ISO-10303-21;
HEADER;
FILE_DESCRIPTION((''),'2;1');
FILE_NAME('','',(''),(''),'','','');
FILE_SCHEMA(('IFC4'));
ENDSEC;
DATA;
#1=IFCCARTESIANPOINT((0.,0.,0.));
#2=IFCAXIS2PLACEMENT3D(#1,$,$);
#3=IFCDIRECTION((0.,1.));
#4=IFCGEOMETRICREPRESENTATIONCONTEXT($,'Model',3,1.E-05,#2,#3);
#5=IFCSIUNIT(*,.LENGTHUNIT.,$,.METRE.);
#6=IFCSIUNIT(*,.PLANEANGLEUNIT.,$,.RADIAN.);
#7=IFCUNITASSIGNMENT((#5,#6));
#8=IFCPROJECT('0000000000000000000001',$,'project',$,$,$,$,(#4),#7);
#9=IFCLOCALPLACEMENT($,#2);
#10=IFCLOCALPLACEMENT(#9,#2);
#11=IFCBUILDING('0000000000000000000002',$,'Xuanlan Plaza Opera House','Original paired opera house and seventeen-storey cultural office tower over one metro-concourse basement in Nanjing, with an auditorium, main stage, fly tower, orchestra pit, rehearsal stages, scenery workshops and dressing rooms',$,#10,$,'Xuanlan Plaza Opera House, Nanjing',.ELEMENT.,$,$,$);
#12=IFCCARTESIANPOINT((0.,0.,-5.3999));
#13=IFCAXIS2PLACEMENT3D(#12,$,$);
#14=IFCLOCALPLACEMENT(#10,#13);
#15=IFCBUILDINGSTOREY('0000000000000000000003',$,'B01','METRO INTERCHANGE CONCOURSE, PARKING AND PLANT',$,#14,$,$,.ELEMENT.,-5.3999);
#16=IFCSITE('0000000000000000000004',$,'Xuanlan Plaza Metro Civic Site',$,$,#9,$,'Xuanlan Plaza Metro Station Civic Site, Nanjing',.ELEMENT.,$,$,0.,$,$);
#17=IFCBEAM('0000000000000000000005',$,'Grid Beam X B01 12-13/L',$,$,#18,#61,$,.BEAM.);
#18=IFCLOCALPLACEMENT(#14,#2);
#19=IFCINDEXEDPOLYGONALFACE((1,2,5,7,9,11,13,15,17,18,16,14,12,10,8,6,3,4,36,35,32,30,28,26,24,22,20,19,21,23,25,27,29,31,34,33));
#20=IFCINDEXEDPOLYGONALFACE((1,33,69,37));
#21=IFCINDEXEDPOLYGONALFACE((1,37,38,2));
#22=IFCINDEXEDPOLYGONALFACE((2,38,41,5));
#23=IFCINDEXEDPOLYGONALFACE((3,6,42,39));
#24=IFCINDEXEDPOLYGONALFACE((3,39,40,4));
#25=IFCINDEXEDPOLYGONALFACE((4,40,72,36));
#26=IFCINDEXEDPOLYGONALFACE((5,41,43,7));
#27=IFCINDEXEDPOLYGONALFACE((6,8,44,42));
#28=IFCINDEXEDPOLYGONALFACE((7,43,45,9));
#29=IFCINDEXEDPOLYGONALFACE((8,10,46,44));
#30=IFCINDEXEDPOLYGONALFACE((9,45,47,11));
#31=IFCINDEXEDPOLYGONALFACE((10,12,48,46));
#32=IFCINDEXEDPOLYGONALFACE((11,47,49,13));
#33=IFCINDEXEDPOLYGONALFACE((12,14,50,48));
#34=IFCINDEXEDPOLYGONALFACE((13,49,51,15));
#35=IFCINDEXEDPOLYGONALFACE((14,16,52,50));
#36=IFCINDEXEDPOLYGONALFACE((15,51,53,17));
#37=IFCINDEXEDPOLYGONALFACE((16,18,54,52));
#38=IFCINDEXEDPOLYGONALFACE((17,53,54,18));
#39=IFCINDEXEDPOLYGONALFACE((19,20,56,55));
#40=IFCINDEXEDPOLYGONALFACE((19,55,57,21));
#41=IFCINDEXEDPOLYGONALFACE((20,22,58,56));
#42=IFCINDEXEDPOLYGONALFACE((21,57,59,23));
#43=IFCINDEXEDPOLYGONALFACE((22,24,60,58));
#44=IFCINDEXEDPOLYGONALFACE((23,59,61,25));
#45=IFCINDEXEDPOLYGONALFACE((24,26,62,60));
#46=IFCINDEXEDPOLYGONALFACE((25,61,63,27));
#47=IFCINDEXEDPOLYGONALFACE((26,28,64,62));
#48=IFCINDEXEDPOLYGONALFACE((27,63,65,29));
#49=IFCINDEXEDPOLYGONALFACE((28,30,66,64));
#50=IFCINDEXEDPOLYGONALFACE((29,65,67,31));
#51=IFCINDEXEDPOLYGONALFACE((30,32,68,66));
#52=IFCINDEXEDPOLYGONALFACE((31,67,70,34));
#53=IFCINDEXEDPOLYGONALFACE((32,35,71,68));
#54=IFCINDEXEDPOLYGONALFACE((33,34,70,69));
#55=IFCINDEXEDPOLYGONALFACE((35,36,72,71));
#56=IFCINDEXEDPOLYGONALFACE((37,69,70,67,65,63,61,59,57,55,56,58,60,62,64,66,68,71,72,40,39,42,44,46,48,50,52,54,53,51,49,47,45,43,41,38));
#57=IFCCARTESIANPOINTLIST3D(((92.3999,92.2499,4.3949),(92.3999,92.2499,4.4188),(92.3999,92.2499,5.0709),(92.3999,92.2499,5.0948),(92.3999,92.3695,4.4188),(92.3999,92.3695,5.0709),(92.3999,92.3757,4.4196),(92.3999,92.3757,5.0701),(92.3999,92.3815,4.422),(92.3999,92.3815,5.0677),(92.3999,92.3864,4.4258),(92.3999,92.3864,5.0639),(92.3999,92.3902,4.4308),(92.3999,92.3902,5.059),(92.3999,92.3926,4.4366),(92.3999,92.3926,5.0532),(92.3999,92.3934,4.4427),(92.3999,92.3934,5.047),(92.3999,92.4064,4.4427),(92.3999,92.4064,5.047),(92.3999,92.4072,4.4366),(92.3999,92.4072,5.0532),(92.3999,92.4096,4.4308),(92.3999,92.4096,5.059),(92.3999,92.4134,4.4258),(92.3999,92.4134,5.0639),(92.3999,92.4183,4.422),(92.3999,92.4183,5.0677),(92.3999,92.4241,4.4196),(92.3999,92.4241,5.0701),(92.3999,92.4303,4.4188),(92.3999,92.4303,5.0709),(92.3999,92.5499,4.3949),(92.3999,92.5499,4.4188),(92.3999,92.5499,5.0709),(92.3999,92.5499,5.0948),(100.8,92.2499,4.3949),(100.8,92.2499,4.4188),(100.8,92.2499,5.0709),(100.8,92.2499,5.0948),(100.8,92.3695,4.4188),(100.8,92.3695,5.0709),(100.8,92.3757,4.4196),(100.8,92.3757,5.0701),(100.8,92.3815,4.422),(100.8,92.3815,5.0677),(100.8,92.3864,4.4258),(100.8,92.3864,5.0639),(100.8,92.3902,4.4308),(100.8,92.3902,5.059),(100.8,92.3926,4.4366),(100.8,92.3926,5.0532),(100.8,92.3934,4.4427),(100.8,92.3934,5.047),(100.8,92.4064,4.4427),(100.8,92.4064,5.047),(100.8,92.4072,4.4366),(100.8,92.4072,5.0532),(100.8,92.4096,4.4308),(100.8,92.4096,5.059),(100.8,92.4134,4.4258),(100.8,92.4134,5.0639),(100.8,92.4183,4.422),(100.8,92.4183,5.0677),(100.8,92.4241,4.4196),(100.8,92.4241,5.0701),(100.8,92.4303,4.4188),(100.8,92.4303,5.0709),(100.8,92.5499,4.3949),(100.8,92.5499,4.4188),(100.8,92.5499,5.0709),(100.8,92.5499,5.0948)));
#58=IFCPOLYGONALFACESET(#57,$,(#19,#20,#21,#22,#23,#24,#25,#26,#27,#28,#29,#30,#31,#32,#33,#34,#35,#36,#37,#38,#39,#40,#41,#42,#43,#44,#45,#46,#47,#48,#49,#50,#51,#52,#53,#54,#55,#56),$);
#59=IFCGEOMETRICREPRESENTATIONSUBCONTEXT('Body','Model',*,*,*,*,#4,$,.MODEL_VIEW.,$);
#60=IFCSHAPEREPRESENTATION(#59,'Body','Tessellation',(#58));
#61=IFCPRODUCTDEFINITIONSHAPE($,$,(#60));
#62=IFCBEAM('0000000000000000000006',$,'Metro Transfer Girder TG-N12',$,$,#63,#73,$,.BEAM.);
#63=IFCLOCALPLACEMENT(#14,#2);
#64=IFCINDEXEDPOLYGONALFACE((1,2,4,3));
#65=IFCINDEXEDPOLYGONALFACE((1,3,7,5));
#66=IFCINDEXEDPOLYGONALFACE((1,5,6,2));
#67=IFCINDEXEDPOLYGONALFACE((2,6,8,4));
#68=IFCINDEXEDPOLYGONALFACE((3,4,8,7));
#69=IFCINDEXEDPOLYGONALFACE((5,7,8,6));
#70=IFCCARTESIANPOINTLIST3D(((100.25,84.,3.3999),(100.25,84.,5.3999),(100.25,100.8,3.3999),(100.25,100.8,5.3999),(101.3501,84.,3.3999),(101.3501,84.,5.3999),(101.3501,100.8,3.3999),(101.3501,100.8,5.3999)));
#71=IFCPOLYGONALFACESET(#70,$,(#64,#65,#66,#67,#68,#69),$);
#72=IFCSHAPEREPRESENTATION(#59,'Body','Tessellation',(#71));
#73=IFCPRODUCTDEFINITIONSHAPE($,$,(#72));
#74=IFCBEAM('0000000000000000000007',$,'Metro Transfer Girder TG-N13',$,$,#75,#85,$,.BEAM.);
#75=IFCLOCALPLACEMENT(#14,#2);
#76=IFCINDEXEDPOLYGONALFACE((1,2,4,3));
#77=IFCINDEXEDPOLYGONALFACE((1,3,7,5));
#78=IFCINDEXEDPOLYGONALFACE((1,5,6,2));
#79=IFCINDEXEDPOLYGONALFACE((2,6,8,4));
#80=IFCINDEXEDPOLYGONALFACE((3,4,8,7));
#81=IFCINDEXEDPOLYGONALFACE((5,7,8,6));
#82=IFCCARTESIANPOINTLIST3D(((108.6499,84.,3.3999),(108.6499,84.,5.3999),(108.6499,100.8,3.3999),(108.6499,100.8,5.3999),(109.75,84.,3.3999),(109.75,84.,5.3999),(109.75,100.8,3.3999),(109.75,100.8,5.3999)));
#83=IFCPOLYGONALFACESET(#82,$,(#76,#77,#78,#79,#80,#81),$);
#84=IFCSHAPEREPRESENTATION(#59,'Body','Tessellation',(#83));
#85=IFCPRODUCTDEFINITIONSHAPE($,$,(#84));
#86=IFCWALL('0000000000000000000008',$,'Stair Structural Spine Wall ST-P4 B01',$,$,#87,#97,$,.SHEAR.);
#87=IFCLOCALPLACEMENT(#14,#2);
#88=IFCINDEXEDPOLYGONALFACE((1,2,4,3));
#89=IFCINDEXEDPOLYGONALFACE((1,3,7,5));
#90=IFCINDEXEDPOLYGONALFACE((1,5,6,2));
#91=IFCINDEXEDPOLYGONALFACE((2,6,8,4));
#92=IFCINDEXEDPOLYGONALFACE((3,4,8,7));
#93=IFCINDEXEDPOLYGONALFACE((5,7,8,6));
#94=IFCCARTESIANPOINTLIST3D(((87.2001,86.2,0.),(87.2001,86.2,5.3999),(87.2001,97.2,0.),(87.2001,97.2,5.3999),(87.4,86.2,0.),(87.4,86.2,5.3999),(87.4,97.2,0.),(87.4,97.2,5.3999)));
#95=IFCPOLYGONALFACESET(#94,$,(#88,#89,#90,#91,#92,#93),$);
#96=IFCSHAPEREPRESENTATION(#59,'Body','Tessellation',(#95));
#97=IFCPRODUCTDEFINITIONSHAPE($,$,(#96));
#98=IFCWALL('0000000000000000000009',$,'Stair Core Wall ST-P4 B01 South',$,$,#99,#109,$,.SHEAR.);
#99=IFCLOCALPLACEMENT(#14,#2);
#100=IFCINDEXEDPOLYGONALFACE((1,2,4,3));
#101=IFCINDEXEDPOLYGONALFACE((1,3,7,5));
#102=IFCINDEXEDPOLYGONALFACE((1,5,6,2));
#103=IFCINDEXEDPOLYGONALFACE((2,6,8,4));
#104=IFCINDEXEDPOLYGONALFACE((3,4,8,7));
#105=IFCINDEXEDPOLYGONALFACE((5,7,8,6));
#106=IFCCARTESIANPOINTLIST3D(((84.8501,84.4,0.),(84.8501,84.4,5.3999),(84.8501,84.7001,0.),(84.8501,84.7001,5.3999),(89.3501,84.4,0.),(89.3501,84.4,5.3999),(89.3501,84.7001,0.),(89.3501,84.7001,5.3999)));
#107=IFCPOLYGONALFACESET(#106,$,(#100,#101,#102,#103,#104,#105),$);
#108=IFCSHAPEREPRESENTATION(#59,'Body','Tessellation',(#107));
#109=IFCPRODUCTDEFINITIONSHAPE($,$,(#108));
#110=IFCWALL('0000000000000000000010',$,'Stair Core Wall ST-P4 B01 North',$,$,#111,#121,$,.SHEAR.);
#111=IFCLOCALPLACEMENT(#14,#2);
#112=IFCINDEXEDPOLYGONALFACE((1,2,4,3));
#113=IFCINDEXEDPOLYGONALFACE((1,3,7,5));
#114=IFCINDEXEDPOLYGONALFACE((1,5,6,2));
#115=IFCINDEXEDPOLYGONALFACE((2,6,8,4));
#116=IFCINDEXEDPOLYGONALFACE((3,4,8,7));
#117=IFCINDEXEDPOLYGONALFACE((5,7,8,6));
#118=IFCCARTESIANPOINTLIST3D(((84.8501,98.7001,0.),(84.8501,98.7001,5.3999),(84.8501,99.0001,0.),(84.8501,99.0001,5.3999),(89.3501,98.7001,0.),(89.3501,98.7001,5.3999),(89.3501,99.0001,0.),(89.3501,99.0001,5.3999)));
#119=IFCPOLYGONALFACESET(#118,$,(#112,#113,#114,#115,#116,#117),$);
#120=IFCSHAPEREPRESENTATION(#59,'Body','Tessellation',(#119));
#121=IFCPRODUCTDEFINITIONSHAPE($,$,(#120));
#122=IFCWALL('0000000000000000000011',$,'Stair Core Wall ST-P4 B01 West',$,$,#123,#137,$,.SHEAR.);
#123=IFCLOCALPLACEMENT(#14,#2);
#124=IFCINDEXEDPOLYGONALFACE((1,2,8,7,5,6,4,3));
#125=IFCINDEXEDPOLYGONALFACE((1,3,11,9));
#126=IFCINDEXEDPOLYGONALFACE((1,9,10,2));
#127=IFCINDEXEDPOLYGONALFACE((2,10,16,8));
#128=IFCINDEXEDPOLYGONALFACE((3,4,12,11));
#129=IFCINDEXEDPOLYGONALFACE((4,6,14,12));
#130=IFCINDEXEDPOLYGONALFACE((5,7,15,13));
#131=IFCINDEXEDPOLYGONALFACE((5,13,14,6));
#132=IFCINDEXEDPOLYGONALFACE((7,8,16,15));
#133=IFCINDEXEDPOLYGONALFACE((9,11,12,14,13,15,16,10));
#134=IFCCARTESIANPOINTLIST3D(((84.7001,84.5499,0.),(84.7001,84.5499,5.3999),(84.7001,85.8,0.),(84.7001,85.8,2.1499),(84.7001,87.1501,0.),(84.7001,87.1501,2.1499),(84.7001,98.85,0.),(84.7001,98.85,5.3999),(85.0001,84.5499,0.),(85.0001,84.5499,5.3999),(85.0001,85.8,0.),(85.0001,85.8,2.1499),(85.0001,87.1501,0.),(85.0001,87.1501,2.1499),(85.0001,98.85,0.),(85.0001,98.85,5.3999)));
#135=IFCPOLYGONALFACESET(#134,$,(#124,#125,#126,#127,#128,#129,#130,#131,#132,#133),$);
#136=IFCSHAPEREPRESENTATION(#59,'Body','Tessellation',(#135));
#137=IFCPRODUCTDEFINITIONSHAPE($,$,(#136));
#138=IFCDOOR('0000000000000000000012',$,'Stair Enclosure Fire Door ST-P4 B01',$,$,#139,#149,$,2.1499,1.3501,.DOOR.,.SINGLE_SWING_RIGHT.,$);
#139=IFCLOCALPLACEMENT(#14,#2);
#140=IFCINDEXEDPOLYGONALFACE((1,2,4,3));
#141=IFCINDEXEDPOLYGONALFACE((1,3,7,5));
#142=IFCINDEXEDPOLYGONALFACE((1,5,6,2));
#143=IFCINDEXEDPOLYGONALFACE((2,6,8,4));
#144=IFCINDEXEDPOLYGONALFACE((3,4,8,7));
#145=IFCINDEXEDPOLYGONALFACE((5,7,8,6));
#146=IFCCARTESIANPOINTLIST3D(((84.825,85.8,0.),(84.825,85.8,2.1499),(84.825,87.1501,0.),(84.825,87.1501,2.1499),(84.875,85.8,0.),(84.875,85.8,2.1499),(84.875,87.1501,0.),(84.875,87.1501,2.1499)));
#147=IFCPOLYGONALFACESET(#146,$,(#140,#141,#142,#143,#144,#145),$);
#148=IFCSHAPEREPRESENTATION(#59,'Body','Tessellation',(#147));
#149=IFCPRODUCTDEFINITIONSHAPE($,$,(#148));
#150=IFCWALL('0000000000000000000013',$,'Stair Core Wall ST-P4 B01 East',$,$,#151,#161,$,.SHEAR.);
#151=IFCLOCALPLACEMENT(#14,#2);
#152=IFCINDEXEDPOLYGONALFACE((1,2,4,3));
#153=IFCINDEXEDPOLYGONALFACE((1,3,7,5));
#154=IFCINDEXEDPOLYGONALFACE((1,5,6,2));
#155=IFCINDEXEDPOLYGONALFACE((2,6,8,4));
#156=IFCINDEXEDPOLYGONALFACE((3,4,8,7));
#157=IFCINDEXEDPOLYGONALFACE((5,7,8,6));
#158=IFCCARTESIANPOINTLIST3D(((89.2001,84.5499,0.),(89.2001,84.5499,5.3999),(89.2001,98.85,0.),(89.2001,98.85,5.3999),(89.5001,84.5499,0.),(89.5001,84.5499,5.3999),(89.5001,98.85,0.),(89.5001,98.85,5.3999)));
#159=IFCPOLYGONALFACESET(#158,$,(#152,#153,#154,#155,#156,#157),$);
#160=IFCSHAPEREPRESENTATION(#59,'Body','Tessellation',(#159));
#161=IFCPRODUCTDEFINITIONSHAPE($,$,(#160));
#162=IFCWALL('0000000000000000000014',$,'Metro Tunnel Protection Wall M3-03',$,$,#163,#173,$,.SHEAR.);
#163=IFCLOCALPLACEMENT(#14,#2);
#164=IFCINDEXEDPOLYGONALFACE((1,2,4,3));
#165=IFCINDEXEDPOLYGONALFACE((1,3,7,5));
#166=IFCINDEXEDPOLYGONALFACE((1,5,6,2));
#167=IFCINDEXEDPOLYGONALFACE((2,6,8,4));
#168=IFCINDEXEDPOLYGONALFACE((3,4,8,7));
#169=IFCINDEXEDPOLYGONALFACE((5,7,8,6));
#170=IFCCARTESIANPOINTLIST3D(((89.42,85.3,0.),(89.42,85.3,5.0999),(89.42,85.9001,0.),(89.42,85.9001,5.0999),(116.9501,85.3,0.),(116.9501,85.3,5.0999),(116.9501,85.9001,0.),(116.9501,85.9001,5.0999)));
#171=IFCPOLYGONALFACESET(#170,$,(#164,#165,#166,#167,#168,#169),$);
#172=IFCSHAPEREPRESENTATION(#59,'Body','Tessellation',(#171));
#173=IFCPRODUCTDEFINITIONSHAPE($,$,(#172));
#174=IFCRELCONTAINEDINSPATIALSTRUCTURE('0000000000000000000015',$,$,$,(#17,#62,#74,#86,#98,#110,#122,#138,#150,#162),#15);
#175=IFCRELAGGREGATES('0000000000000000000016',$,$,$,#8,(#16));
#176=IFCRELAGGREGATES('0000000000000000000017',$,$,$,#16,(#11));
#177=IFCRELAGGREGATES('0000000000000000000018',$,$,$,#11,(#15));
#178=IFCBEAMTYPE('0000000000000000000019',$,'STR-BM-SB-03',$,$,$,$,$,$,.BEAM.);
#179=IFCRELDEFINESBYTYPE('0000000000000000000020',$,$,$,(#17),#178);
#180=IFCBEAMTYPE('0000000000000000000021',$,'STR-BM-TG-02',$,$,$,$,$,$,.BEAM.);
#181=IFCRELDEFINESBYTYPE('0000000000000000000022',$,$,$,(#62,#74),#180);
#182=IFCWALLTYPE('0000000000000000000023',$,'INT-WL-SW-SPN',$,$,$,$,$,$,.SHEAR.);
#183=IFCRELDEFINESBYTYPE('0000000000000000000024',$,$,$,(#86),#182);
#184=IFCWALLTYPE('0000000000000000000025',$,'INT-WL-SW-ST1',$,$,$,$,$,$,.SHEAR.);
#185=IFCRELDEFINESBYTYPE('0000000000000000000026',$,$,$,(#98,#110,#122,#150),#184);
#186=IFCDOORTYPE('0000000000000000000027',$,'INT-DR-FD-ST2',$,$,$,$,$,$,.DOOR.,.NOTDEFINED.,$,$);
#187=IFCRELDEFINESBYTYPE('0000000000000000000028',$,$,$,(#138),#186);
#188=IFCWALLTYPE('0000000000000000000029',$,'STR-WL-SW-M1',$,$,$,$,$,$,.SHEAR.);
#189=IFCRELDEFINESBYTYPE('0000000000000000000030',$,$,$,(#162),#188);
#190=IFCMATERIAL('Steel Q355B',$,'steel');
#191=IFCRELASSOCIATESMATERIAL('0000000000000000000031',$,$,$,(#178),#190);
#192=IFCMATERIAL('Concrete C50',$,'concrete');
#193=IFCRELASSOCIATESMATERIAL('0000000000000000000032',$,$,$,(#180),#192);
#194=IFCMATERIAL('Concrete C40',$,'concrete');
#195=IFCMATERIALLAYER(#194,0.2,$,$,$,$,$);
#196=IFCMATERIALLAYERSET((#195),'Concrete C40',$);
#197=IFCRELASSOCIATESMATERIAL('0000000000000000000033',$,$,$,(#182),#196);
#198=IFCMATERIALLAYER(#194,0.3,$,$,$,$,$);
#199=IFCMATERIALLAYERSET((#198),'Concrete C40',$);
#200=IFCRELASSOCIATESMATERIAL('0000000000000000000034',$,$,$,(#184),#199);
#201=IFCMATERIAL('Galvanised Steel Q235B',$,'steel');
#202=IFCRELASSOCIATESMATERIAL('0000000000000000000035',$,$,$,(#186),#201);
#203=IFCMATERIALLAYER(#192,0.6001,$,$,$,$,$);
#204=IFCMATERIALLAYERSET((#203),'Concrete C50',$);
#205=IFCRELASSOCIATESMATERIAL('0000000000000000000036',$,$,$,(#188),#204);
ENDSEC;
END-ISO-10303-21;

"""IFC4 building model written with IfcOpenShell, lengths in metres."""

from ifc_helpers import new_model, si_unit, direction, frame, frame_2d, origin, origin_2d, place, context, subcontext, project, spatial, rectangle, i_section, extrude, material, layer, layer_set, material_profile, profile_set, type_object, element, fill, save


model = new_model("IFC4")

# Units and contexts
model_context = context("Model", 3, precision=1e-05, world=origin(), true_north=direction((0.0, 1.0)))
body_context = subcontext(model_context, "Body", "Model", "MODEL_VIEW")
ifc_project = project(units=[si_unit("LENGTHUNIT", "METRE"), si_unit("PLANEANGLEUNIT", "RADIAN")], contexts=[model_context])

# Site, building, storey
site_placement = place(None, origin())
site = spatial("IfcSite", under=ifc_project, at=site_placement, Name="Xuanlan Plaza Metro Civic Site", LongName="Xuanlan Plaza Metro Station Civic Site, Nanjing", CompositionType="ELEMENT", RefElevation=0.0)
building_placement = place(site_placement, origin())
building = spatial("IfcBuilding", under=site, at=building_placement, Name="Xuanlan Plaza Opera House", Description="Original paired opera house and seventeen-storey cultural office tower over one metro-concourse basement in Nanjing, with an auditorium, main stage, fly tower, orchestra pit, rehearsal stages, scenery workshops and dressing rooms", LongName="Xuanlan Plaza Opera House, Nanjing", CompositionType="ELEMENT")
storey_placement = place(building_placement, frame((0.0, 0.0, -5.3999)))
storey = spatial("IfcBuildingStorey", under=building, at=storey_placement, Name="B01", Description="METRO INTERCHANGE CONCOURSE, PARKING AND PLANT", CompositionType="ELEMENT", Elevation=-5.3999)

# Shared definitions
ifc_material_1 = material(Name="Concrete C50", Category="concrete")

# Shared definitions
ifc_material_2 = material(Name="Concrete C40", Category="concrete")

# Beams
ifc_material_3 = material(Name="Steel Q355B", Category="steel")
ifc_material_profile_1 = material_profile(ifc_material_3, i_section(OverallWidth=0.3, OverallDepth=0.7, WebThickness=0.0129, FlangeThickness=0.0239, FilletRadius=0.0239, at=origin_2d()), Name="HN 700x300x13x24")
ifc_profile_set_1 = profile_set([ifc_material_profile_1], Name="Steel Q355B")
beam_type_1 = type_object("IfcBeamType", Name="STR-BM-SB-03", PredefinedType="BEAM", material=ifc_profile_set_1)
beam_1_placement = place(storey_placement, frame((92.3999, 92.3999, 4.7449), z_axis=(1.0, 0.0, 0.0), x_axis=(0.0, 1.0, 0.0)))
element("IfcBeam", 1, at=beam_1_placement, inside=storey, type_object=beam_type_1, Name="Grid Beam X B01 12-13/L", PredefinedType="BEAM", context=body_context, shape_type="SweptSolid", body=[
    extrude(i_section(OverallWidth=0.3, OverallDepth=0.7, WebThickness=0.0129, FlangeThickness=0.0239, FilletRadius=0.0239, at=origin_2d()), origin(), (0.0, 0.0, 1.0), 8.4001),
])
ifc_material_profile_2 = material_profile(ifc_material_1, rectangle(XDim=1.1001, YDim=2.0, at=origin_2d()), Name="RC-TG 1100x2000")
ifc_profile_set_2 = profile_set([ifc_material_profile_2], Name="Concrete C50")
beam_type_2 = type_object("IfcBeamType", Name="STR-BM-TG-02", PredefinedType="BEAM", material=ifc_profile_set_2)
for number, where, z_axis, x_axis, name in (
    (2, (100.8, 84.0, 4.3999), (0.0, 1.0, 0.0), (-1.0, 0.0, 0.0), "Metro Transfer Girder TG-N12"),
    (3, (109.2, 84.0, 4.3999), (0.0, 1.0, 0.0), (-1.0, 0.0, 0.0), "Metro Transfer Girder TG-N13"),
):
    element("IfcBeam", number, at=place(storey_placement, frame(where, z_axis=z_axis, x_axis=x_axis)), inside=storey, type_object=beam_type_2, Name=name, PredefinedType="BEAM", context=body_context, shape_type="SweptSolid", body=[
        extrude(rectangle(XDim=1.1001, YDim=2.0, at=origin_2d()), origin(), (0.0, 0.0, 1.0), 16.8),
    ])

# Walls
ifc_layer_1 = layer(ifc_material_2, 0.2)
ifc_layer_set_1 = layer_set([ifc_layer_1], Name="Concrete C40")
wall_type_1 = type_object("IfcWallType", Name="INT-WL-SW-SPN", PredefinedType="SHEAR", material=ifc_layer_set_1)
wall_1_placement = place(storey_placement, frame((87.3, 86.2, 0.0), z_axis=(0.0, 0.0, 1.0), x_axis=(0.0, 1.0, 0.0)))
element("IfcWall", 4, at=wall_1_placement, inside=storey, type_object=wall_type_1, Name="Stair Structural Spine Wall ST-P4 B01", PredefinedType="SHEAR", context=body_context, shape_type="SweptSolid", body=[
    extrude(rectangle(XDim=11.0, YDim=0.2, at=frame_2d((5.5, 0.0))), origin(), (0.0, 0.0, 1.0), 5.3999),
])
ifc_layer_2 = layer(ifc_material_2, 0.3)
ifc_layer_set_2 = layer_set([ifc_layer_2], Name="Concrete C40")
wall_type_2 = type_object("IfcWallType", Name="INT-WL-SW-ST1", PredefinedType="SHEAR", material=ifc_layer_set_2)
for number, where, z_axis, x_axis, name in (
    (5, (84.8501, 84.55, 0.0), (0.0, 0.0, 1.0), (1.0, 0.0, 0.0), "Stair Core Wall ST-P4 B01 South"),
    (6, (84.8501, 98.8501, 0.0), (0.0, 0.0, 1.0), (1.0, 0.0, 0.0), "Stair Core Wall ST-P4 B01 North"),
):
    element("IfcWall", number, at=place(storey_placement, frame(where, z_axis=z_axis, x_axis=x_axis)), inside=storey, type_object=wall_type_2, Name=name, PredefinedType="SHEAR", context=body_context, shape_type="SweptSolid", body=[
        extrude(rectangle(XDim=4.5, YDim=0.3, at=frame_2d((2.25, 0.0))), origin(), (0.0, 0.0, 1.0), 5.3999),
    ])

# Wall, opening, door
wall_2_placement = place(storey_placement, frame((84.8501, 84.55, 0.0), z_axis=(0.0, 0.0, 1.0), x_axis=(0.0, 1.0, 0.0)))
wall_2 = element("IfcWall", 7, at=wall_2_placement, inside=storey, type_object=wall_type_2, Name="Stair Core Wall ST-P4 B01 West", PredefinedType="SHEAR", context=body_context, shape_type="SweptSolid", body=[
    extrude(rectangle(XDim=14.3, YDim=0.3, at=frame_2d((7.1499, 0.0))), origin(), (0.0, 0.0, 1.0), 5.3999),
])
opening_placement = place(wall_2_placement, frame((1.25, 0.0, 0.0)))
opening = element("IfcOpeningElement", 8, at=opening_placement, cuts=wall_2, PredefinedType="OPENING", context=body_context, shape_type="SweptSolid", body=[
    extrude(rectangle(XDim=1.3501, YDim=2.1499, at=frame_2d((0.675, 1.075))), frame((0.0, 0.1599, 0.0), z_axis=(0.0, -1.0, 0.0), x_axis=(1.0, 0.0, 0.0)), (0.0, 0.0, 1.0), 0.3201),
])
ifc_material_4 = material(Name="Galvanised Steel Q235B", Category="steel")
door_type = type_object("IfcDoorType", Name="INT-DR-FD-ST2", OperationType="NOTDEFINED", PredefinedType="DOOR", material=ifc_material_4)
door_placement = place(opening_placement, frame((1.3501, 0.0, 0.0), z_axis=(0.0, 0.0, 1.0), x_axis=(-1.0, 0.0, 0.0)))
door = element("IfcDoor", 9, at=door_placement, inside=storey, type_object=door_type, Name="Stair Enclosure Fire Door ST-P4 B01", OperationType="SINGLE_SWING_RIGHT", OverallHeight=2.1499, OverallWidth=1.3501, PredefinedType="DOOR", context=body_context, shape_type="SweptSolid", body=[
    extrude(rectangle(XDim=1.3501, YDim=2.1499, at=frame_2d((0.675, 1.075))), frame((0.0, 0.0249, 0.0), z_axis=(0.0, -1.0, 0.0), x_axis=(1.0, 0.0, 0.0)), (0.0, 0.0, 1.0), 0.05),
])
fill(opening, door)

# Walls
wall_3_placement = place(storey_placement, frame((89.3501, 84.55, 0.0), z_axis=(0.0, 0.0, 1.0), x_axis=(0.0, 1.0, 0.0)))
element("IfcWall", 10, at=wall_3_placement, inside=storey, type_object=wall_type_2, Name="Stair Core Wall ST-P4 B01 East", PredefinedType="SHEAR", context=body_context, shape_type="SweptSolid", body=[
    extrude(rectangle(XDim=14.3, YDim=0.3, at=frame_2d((7.1499, 0.0))), origin(), (0.0, 0.0, 1.0), 5.3999),
])
ifc_layer_3 = layer(ifc_material_1, 0.6001)
ifc_layer_set_3 = layer_set([ifc_layer_3], Name="Concrete C50")
wall_type_3 = type_object("IfcWallType", Name="STR-WL-SW-M1", PredefinedType="SHEAR", material=ifc_layer_set_3)
wall_4_placement = place(storey_placement, frame((89.4199, 85.6001, 0.0), z_axis=(0.0, 0.0, 1.0), x_axis=(1.0, 0.0, 0.0)))
element("IfcWall", 11, at=wall_4_placement, inside=storey, type_object=wall_type_3, Name="Metro Tunnel Protection Wall M3-03", PredefinedType="SHEAR", context=body_context, shape_type="SweptSolid", body=[
    extrude(rectangle(XDim=27.53, YDim=0.6001, at=frame_2d((13.7651, 0.0))), origin(), (0.0, 0.0, 1.0), 5.0999),
])

save(model, "model.ifc")
